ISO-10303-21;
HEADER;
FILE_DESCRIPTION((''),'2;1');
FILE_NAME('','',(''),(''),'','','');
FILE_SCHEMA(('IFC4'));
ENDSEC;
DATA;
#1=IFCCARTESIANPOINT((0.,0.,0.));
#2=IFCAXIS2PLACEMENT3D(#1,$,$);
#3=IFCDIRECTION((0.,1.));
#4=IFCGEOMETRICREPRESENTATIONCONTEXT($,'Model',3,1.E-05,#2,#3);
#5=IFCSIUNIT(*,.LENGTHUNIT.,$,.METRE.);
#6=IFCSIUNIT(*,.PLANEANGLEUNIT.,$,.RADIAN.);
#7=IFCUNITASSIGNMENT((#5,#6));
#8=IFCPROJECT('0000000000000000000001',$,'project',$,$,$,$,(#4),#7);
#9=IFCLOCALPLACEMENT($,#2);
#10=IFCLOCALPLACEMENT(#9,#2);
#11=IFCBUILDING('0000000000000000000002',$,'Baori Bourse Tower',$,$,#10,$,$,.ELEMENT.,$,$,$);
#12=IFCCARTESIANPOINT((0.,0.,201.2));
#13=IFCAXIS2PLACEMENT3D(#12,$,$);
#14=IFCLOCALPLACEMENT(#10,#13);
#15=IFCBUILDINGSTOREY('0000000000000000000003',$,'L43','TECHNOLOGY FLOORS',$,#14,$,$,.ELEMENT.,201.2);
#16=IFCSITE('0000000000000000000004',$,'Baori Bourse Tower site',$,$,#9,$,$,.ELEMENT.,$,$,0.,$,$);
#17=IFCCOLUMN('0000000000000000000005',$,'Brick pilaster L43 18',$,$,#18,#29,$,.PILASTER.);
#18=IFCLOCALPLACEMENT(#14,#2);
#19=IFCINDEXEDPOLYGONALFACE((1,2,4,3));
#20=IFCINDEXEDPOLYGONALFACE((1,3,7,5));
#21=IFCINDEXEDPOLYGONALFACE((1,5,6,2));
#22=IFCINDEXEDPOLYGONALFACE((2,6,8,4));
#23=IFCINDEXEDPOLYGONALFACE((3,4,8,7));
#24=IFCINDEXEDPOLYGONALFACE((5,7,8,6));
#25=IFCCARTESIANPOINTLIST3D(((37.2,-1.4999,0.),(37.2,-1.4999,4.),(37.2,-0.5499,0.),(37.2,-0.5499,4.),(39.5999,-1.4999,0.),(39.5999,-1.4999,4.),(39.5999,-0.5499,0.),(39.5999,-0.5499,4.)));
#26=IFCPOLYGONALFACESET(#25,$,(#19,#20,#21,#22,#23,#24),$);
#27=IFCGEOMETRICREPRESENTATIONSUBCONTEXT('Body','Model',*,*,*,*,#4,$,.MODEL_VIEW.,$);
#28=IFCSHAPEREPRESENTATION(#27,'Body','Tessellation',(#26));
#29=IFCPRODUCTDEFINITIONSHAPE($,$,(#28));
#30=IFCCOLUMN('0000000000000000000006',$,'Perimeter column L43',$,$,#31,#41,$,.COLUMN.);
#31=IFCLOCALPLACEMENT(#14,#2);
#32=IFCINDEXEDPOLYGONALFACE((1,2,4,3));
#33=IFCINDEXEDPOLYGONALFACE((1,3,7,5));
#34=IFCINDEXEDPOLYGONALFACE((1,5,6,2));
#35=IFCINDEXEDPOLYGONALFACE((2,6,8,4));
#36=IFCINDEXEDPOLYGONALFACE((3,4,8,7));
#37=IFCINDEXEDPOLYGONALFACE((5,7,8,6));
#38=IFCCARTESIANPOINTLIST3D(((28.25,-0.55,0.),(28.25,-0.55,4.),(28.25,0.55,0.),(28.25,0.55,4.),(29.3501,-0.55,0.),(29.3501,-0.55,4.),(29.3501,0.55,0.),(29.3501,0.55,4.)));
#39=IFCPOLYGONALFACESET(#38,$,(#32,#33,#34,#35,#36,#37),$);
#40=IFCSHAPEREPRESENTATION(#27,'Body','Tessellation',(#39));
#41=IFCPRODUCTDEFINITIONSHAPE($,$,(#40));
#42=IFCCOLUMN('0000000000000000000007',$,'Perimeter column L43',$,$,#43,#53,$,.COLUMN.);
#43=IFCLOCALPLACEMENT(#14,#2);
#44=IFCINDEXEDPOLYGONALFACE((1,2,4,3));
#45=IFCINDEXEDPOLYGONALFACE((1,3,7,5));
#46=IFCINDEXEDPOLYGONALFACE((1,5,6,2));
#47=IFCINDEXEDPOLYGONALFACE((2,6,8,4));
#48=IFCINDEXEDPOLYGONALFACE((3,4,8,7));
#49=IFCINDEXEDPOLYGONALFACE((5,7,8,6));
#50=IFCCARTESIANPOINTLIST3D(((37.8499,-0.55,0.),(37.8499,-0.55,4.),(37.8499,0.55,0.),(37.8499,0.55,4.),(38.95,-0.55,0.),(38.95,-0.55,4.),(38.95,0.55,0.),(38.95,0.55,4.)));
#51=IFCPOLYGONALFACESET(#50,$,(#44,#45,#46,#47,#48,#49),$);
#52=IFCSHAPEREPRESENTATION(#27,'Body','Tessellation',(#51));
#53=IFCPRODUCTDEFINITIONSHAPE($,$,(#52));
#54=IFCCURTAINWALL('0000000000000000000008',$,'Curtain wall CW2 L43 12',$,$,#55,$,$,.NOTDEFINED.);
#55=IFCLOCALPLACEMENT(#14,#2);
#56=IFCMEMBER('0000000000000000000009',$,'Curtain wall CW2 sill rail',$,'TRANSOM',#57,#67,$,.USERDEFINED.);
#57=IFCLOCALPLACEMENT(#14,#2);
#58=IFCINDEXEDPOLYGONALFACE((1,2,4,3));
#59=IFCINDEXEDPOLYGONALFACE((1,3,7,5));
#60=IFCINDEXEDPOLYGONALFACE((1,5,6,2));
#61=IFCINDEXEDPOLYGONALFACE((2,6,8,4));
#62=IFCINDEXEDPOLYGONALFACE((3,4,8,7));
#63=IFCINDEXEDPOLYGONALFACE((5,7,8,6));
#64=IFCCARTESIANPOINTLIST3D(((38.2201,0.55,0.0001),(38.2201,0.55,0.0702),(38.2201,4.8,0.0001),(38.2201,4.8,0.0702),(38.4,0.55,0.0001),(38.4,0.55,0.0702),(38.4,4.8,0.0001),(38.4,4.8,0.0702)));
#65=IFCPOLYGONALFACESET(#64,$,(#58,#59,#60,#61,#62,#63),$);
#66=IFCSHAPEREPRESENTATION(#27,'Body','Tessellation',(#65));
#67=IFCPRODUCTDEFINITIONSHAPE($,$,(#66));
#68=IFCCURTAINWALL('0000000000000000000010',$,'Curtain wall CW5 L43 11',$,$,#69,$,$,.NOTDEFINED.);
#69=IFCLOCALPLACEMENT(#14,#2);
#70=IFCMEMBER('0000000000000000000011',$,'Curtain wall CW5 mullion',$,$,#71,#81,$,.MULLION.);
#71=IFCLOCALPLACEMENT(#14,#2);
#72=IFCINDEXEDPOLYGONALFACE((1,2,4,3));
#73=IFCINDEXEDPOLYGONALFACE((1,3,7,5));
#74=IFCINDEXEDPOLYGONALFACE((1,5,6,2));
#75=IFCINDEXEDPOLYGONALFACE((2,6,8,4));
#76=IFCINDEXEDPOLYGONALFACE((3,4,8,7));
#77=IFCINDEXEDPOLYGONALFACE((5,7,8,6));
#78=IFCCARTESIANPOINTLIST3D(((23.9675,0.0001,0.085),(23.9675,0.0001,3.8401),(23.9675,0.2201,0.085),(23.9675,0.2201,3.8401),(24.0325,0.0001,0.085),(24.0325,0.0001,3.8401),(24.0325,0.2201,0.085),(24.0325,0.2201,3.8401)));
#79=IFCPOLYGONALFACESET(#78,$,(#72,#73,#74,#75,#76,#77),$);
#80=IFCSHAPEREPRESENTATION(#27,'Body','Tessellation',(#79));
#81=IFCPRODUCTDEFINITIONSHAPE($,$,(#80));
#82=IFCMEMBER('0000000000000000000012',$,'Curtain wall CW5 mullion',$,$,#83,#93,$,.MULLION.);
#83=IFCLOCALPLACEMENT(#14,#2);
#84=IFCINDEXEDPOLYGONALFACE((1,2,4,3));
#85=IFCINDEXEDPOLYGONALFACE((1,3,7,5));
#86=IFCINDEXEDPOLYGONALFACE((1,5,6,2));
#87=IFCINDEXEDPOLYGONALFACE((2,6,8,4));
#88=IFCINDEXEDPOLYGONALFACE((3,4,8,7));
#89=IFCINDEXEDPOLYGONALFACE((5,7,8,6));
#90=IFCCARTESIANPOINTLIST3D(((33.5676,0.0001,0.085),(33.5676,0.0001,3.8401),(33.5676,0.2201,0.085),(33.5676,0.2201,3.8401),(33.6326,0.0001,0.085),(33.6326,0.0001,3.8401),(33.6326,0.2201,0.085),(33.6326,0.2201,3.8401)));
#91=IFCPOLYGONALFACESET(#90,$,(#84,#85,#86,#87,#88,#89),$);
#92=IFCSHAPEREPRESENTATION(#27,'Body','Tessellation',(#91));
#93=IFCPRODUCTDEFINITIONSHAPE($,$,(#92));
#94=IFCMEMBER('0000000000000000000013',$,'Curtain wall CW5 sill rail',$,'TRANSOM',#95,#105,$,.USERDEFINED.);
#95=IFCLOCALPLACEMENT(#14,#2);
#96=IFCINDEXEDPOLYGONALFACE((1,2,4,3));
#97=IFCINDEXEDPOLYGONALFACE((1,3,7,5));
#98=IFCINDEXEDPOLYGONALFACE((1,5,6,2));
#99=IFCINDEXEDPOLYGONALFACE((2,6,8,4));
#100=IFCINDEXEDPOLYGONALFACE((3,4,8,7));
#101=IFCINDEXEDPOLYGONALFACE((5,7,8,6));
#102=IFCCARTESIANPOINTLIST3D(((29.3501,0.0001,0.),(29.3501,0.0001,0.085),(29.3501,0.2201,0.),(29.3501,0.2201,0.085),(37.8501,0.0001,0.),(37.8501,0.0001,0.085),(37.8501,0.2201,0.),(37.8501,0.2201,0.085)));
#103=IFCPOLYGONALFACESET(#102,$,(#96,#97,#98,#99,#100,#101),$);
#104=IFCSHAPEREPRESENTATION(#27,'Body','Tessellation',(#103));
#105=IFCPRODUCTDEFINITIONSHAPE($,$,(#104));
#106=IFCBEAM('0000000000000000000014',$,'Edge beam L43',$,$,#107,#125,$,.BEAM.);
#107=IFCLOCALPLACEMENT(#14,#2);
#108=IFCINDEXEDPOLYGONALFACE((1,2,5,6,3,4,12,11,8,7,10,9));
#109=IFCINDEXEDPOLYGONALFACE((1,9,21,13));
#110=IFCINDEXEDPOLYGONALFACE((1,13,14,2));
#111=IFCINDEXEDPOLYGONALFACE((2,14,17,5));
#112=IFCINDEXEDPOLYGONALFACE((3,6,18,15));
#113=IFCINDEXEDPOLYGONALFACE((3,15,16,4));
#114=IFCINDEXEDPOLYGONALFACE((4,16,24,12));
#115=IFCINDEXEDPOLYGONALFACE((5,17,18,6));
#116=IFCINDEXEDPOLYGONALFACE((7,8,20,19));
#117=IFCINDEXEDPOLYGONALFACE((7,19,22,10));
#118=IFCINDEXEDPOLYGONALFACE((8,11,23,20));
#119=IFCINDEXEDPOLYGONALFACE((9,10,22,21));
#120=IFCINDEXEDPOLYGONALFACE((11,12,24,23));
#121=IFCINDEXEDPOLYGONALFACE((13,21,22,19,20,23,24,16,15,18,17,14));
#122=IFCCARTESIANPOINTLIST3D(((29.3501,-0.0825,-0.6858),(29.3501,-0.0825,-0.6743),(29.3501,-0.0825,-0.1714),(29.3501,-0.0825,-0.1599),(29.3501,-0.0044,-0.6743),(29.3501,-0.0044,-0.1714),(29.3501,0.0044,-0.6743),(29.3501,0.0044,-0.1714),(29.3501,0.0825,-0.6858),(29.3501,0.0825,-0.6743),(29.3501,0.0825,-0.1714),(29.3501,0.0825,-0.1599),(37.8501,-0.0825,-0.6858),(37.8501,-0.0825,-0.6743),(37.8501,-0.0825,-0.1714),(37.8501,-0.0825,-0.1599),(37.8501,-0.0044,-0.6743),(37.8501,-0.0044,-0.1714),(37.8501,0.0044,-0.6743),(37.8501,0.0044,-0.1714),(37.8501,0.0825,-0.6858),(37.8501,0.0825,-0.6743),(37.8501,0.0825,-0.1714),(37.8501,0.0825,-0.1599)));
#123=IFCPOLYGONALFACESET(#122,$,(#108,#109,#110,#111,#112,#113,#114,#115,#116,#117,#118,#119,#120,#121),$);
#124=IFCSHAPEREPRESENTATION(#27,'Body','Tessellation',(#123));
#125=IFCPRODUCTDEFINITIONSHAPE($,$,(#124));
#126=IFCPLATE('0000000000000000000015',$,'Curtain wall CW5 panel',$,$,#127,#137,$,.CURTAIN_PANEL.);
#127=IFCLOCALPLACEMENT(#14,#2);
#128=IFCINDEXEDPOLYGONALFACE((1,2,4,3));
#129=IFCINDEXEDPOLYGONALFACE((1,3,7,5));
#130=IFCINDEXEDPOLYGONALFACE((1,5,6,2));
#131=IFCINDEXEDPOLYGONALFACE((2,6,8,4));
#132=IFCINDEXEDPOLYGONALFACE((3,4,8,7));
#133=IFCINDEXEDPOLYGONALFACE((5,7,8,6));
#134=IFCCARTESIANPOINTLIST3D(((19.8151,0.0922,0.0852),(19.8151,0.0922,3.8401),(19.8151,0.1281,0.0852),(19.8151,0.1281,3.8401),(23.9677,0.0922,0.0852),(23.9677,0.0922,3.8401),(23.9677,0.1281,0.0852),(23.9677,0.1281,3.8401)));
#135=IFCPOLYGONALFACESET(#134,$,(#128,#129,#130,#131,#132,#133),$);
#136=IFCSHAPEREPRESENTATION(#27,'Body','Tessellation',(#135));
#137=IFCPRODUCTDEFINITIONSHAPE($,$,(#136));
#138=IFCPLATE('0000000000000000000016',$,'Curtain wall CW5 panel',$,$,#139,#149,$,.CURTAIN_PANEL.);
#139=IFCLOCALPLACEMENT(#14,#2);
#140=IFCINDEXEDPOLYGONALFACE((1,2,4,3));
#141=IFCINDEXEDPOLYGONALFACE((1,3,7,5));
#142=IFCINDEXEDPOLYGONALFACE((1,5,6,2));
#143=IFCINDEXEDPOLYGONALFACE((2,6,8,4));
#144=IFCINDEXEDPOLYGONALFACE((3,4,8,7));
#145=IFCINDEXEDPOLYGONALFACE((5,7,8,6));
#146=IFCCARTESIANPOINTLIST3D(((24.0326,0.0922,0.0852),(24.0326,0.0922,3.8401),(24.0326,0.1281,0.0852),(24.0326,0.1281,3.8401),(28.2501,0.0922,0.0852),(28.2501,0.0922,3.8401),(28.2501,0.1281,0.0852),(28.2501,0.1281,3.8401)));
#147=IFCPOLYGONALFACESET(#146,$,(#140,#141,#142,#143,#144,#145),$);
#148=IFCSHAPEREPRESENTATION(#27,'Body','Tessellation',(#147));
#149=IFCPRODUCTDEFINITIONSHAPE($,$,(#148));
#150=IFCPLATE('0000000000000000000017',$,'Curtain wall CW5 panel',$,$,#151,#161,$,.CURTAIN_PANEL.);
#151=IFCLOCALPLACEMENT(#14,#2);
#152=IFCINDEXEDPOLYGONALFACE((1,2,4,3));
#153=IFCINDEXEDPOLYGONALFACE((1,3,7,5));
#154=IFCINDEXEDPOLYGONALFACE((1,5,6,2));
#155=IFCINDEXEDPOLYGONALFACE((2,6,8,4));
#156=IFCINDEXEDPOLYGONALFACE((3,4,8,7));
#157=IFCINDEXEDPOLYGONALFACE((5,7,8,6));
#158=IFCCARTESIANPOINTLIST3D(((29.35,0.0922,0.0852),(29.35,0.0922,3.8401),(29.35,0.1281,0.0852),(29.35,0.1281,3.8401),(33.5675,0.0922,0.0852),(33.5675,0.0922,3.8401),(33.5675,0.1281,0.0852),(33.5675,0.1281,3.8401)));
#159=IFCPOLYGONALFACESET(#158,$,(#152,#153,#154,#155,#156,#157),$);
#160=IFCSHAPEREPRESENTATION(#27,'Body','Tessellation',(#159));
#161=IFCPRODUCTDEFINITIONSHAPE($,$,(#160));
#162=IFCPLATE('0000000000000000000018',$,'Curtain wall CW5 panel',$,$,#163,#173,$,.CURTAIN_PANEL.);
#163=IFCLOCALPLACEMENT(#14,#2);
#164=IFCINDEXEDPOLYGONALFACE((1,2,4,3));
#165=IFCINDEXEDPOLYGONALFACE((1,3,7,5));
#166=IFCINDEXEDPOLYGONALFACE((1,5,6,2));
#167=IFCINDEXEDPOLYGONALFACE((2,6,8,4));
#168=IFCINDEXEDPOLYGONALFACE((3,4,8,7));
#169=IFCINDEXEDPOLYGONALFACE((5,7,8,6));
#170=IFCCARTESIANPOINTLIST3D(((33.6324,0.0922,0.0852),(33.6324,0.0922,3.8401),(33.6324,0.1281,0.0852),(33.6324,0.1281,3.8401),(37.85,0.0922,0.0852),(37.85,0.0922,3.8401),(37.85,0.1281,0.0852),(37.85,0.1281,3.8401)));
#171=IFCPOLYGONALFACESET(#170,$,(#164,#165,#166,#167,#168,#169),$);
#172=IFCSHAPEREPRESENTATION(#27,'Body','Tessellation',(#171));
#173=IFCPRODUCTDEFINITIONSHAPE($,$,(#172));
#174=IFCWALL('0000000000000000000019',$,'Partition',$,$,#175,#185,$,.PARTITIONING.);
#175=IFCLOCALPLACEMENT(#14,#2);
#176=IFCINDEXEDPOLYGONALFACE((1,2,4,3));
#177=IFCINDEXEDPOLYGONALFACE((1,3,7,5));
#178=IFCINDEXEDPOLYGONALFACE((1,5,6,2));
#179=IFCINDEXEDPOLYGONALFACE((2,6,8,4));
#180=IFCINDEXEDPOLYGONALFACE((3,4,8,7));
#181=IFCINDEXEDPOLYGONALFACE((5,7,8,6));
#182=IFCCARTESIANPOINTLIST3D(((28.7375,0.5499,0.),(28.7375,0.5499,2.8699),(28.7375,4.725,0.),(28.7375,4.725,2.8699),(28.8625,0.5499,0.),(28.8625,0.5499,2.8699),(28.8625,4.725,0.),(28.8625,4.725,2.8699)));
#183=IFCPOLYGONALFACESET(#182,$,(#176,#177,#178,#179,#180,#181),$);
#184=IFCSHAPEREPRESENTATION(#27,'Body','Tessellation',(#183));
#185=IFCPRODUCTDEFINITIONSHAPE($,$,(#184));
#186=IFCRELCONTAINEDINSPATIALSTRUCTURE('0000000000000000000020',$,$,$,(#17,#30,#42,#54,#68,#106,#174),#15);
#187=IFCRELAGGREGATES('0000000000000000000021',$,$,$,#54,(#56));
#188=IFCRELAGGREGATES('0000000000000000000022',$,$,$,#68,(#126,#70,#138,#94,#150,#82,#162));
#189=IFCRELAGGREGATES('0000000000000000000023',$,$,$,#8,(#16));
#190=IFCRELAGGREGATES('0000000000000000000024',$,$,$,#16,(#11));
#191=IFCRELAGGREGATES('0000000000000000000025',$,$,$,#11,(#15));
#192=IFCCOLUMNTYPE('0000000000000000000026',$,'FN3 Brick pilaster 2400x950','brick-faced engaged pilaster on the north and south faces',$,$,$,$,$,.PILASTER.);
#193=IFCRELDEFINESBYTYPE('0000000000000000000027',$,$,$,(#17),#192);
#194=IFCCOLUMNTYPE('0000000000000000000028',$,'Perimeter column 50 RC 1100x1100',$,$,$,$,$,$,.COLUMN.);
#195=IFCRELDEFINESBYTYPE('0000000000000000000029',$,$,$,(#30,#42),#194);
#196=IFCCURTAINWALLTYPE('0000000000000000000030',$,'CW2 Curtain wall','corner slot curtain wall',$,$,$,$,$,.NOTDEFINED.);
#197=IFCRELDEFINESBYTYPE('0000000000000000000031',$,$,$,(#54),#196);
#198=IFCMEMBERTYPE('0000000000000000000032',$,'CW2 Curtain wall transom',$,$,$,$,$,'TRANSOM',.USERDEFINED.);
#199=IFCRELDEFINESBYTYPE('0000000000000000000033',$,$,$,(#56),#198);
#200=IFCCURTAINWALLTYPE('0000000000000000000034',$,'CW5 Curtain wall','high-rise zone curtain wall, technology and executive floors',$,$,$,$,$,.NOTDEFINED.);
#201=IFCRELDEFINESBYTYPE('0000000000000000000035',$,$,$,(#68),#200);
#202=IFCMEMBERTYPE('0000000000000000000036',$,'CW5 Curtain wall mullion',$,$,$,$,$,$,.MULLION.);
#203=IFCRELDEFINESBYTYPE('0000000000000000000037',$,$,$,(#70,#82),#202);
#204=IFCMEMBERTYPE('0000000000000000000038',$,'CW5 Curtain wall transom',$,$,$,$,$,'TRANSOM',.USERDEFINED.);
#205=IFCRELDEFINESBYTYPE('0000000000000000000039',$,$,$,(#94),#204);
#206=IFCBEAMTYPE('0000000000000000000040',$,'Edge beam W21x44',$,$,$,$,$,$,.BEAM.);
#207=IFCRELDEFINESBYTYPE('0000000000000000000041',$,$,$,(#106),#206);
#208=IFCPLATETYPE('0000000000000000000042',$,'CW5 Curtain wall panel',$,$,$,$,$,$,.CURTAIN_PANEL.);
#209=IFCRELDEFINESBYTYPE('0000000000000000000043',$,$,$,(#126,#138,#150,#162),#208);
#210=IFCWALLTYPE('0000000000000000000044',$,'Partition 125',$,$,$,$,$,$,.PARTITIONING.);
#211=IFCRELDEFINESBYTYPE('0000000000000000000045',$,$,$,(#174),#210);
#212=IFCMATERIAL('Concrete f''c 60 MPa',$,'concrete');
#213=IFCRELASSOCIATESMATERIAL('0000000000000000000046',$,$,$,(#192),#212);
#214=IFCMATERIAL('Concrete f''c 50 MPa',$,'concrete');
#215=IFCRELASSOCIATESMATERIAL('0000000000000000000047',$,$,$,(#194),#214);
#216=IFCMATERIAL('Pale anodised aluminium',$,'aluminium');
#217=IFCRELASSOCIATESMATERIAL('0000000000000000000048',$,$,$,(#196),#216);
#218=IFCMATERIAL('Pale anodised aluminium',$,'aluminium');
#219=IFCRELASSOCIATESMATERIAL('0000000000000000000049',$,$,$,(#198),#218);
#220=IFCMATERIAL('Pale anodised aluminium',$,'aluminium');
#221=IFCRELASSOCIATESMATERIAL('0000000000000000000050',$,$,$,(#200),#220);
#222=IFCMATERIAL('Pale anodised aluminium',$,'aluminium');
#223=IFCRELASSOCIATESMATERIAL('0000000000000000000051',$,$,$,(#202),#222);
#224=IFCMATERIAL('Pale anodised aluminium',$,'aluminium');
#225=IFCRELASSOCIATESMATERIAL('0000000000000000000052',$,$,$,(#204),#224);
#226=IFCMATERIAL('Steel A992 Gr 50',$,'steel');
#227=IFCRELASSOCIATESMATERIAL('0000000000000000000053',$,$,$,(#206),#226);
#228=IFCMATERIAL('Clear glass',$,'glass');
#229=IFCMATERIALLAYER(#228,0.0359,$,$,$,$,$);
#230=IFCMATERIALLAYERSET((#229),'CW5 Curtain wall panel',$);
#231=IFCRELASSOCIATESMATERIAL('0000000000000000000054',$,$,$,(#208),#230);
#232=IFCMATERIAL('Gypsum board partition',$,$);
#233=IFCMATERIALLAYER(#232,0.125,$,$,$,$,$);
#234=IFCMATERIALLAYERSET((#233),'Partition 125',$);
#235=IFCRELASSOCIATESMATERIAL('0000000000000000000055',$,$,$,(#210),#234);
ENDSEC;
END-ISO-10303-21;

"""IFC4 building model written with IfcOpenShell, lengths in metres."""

from ifc_helpers import new_model, si_unit, direction, frame, frame_2d, origin, origin_2d, place, context, subcontext, project, spatial, rectangle, i_section, extrude, material, layer, layer_set, material_profile, profile_set, type_object, element, aggregate, save


model = new_model("IFC4")

# Units and contexts
model_context = context("Model", 3, precision=1e-05, world=origin(), true_north=direction((0.0, 1.0)))
body_context = subcontext(model_context, "Body", "Model", "MODEL_VIEW")
ifc_project = project(units=[si_unit("LENGTHUNIT", "METRE"), si_unit("PLANEANGLEUNIT", "RADIAN")], contexts=[model_context])

# Site, building, storey
site_placement = place(None, origin())
site = spatial("IfcSite", under=ifc_project, at=site_placement, Name="Baori Bourse Tower site", CompositionType="ELEMENT", RefElevation=0.0)
building_placement = place(site_placement, origin())
building = spatial("IfcBuilding", under=site, at=building_placement, Name="Baori Bourse Tower", CompositionType="ELEMENT")
storey_placement = place(building_placement, frame((0.0, 0.0, 201.2)))
storey = spatial("IfcBuildingStorey", under=building, at=storey_placement, Name="L43", Description="TECHNOLOGY FLOORS", CompositionType="ELEMENT", Elevation=201.2)

# Columns
ifc_material_1 = material(Name="Concrete f'c 60 MPa", Category="concrete")
ifc_material_profile_1 = material_profile(ifc_material_1, rectangle(XDim=2.3999, YDim=0.95, at=origin_2d()), Name="RC 2400x950")
ifc_profile_set_1 = profile_set([ifc_material_profile_1], Name="Concrete f'c 60 MPa")
column_type_1 = type_object("IfcColumnType", Name="FN3 Brick pilaster 2400x950", Description="brick-faced engaged pilaster on the north and south faces", PredefinedType="PILASTER", material=ifc_profile_set_1)
column_placement = place(storey_placement, frame((38.3999, -1.0249, 0.0), z_axis=(0.0, 0.0, 1.0), x_axis=(1.0, 0.0, 0.0)))
element("IfcColumn", 1, at=column_placement, inside=storey, type_object=column_type_1, Name="Brick pilaster L43 18", PredefinedType="PILASTER", context=body_context, shape_type="SweptSolid", body=[
    extrude(rectangle(XDim=2.3999, YDim=0.95, at=origin_2d()), origin(), (0.0, 0.0, 1.0), 4.0),
])
ifc_material_2 = material(Name="Concrete f'c 50 MPa", Category="concrete")
ifc_material_profile_2 = material_profile(ifc_material_2, rectangle(XDim=1.1001, YDim=1.1001, at=origin_2d()), Name="RC 1100x1100")
ifc_profile_set_2 = profile_set([ifc_material_profile_2], Name="Concrete f'c 50 MPa")
column_type_2 = type_object("IfcColumnType", Name="Perimeter column 50 RC 1100x1100", PredefinedType="COLUMN", material=ifc_profile_set_2)
for number, where, z_axis, x_axis, name in (
    (2, (28.8, 0.0, 0.0), (0.0, 0.0, 1.0), (1.0, 0.0, 0.0), "Perimeter column L43"),
    (3, (38.3999, 0.0, 0.0), (0.0, 0.0, 1.0), (1.0, 0.0, 0.0), "Perimeter column L43"),
):
    element("IfcColumn", number, at=place(storey_placement, frame(where, z_axis=z_axis, x_axis=x_axis)), inside=storey, type_object=column_type_2, Name=name, PredefinedType="COLUMN", context=body_context, shape_type="SweptSolid", body=[
        extrude(rectangle(XDim=1.1001, YDim=1.1001, at=origin_2d()), origin(), (0.0, 0.0, 1.0), 4.0),
    ])

# Curtain wall, member
ifc_material_3 = material(Name="Pale anodised aluminium", Category="aluminium")
curtain_wall_type_1 = type_object("IfcCurtainWallType", Name="CW2 Curtain wall", Description="corner slot curtain wall", PredefinedType="NOTDEFINED", material=ifc_material_3)
curtain_wall_1_placement = place(storey_placement, origin())
curtain_wall_1 = element("IfcCurtainWall", 4, at=curtain_wall_1_placement, inside=storey, type_object=curtain_wall_type_1, Name="Curtain wall CW2 L43 12", PredefinedType="NOTDEFINED")
ifc_material_4 = material(Name="Pale anodised aluminium", Category="aluminium")
ifc_material_profile_3 = material_profile(ifc_material_4, rectangle(XDim=0.1799, YDim=0.0701, at=origin_2d()), Name="Transom 70x180")
ifc_profile_set_3 = profile_set([ifc_material_profile_3], Name="Pale anodised aluminium")
member_type_1 = type_object("IfcMemberType", Name="CW2 Curtain wall transom", ElementType="TRANSOM", PredefinedType="USERDEFINED", material=ifc_profile_set_3)
member_1_placement = place(storey_placement, frame((38.3101, 0.55, 0.0352), z_axis=(0.0, 1.0, 0.0), x_axis=(-1.0, 0.0, 0.0)))
member_1 = element("IfcMember", 5, at=member_1_placement, type_object=member_type_1, Name="Curtain wall CW2 sill rail", ObjectType="TRANSOM", PredefinedType="USERDEFINED", context=body_context, shape_type="SweptSolid", body=[
    extrude(rectangle(XDim=0.1799, YDim=0.0701, at=origin_2d()), origin(), (0.0, 0.0, 1.0), 4.25),
])
aggregate(curtain_wall_1, [member_1])

# Curtain wall, members
ifc_material_5 = material(Name="Pale anodised aluminium", Category="aluminium")
curtain_wall_type_2 = type_object("IfcCurtainWallType", Name="CW5 Curtain wall", Description="high-rise zone curtain wall, technology and executive floors", PredefinedType="NOTDEFINED", material=ifc_material_5)
curtain_wall_2_placement = place(storey_placement, origin())
curtain_wall_2 = element("IfcCurtainWall", 6, at=curtain_wall_2_placement, inside=storey, type_object=curtain_wall_type_2, Name="Curtain wall CW5 L43 11", PredefinedType="NOTDEFINED")
ifc_material_6 = material(Name="Pale anodised aluminium", Category="aluminium")
ifc_material_profile_4 = material_profile(ifc_material_6, rectangle(XDim=0.22, YDim=0.0649, at=origin_2d()), Name="Mullion 65x220")
ifc_profile_set_4 = profile_set([ifc_material_profile_4], Name="Pale anodised aluminium")
member_type_2 = type_object("IfcMemberType", Name="CW5 Curtain wall mullion", PredefinedType="MULLION", material=ifc_profile_set_4)
member_2_placement = place(storey_placement, frame((24.0, 0.1101, 0.085), z_axis=(0.0, 0.0, 1.0), x_axis=(0.0, 1.0, 0.0)))
member_2 = element("IfcMember", 7, at=member_2_placement, type_object=member_type_2, Name="Curtain wall CW5 mullion", PredefinedType="MULLION", context=body_context, shape_type="SweptSolid", body=[
    extrude(rectangle(XDim=0.22, YDim=0.0649, at=origin_2d()), origin(), (0.0, 0.0, 1.0), 3.7551),
])
member_3_placement = place(storey_placement, frame((33.6001, 0.1101, 0.085), z_axis=(0.0, 0.0, 1.0), x_axis=(0.0, 1.0, 0.0)))
member_3 = element("IfcMember", 8, at=member_3_placement, type_object=member_type_2, Name="Curtain wall CW5 mullion", PredefinedType="MULLION", context=body_context, shape_type="SweptSolid", body=[
    extrude(rectangle(XDim=0.22, YDim=0.0649, at=origin_2d()), origin(), (0.0, 0.0, 1.0), 3.7551),
])
ifc_material_7 = material(Name="Pale anodised aluminium", Category="aluminium")
ifc_material_profile_5 = material_profile(ifc_material_7, rectangle(XDim=0.22, YDim=0.085, at=origin_2d()), Name="Transom 85x220")
ifc_profile_set_5 = profile_set([ifc_material_profile_5], Name="Pale anodised aluminium")
member_type_3 = type_object("IfcMemberType", Name="CW5 Curtain wall transom", ElementType="TRANSOM", PredefinedType="USERDEFINED", material=ifc_profile_set_5)
member_4_placement = place(storey_placement, frame((29.3501, 0.1101, 0.0425), z_axis=(1.0, 0.0, 0.0), x_axis=(0.0, 1.0, 0.0)))
member_4 = element("IfcMember", 9, at=member_4_placement, type_object=member_type_3, Name="Curtain wall CW5 sill rail", ObjectType="TRANSOM", PredefinedType="USERDEFINED", context=body_context, shape_type="SweptSolid", body=[
    extrude(rectangle(XDim=0.22, YDim=0.085, at=origin_2d()), origin(), (0.0, 0.0, 1.0), 8.5),
])

# Beam
ifc_material_8 = material(Name="Steel A992 Gr 50", Category="steel")
ifc_material_profile_6 = material_profile(ifc_material_8, i_section(OverallWidth=0.165, OverallDepth=0.5259, WebThickness=0.0088, FlangeThickness=0.0115, at=origin_2d()), Name="W21x44")
ifc_profile_set_6 = profile_set([ifc_material_profile_6], Name="Steel A992 Gr 50")
beam_type = type_object("IfcBeamType", Name="Edge beam W21x44", PredefinedType="BEAM", material=ifc_profile_set_6)
beam_placement = place(storey_placement, frame((29.3501, 0.0, -0.4229), z_axis=(1.0, 0.0, 0.0), x_axis=(0.0, 1.0, 0.0)))
element("IfcBeam", 10, at=beam_placement, inside=storey, type_object=beam_type, Name="Edge beam L43", PredefinedType="BEAM", context=body_context, shape_type="SweptSolid", body=[
    extrude(i_section(OverallWidth=0.165, OverallDepth=0.5259, WebThickness=0.0088, FlangeThickness=0.0115, at=origin_2d()), origin(), (0.0, 0.0, 1.0), 8.5),
])

# Plates
ifc_material_9 = material(Name="Clear glass", Category="glass")
ifc_layer_1 = layer(ifc_material_9, 0.0359)
ifc_layer_set_1 = layer_set([ifc_layer_1], Name="CW5 Curtain wall panel")
plate_type = type_object("IfcPlateType", Name="CW5 Curtain wall panel", PredefinedType="CURTAIN_PANEL", material=ifc_layer_set_1)
plate_1_placement = place(storey_placement, frame((21.8914, 0.1101, 0.0852), z_axis=(0.0, 0.0, 1.0), x_axis=(1.0, 0.0, 0.0)))
plate_1 = element("IfcPlate", 11, at=plate_1_placement, type_object=plate_type, Name="Curtain wall CW5 panel", PredefinedType="CURTAIN_PANEL", context=body_context, shape_type="SweptSolid", body=[
    extrude(rectangle(XDim=4.1526, YDim=0.0359, at=origin_2d()), origin(), (0.0, 0.0, 1.0), 3.7549),
])
plate_2_placement = place(storey_placement, frame((26.1414, 0.1101, 0.0852), z_axis=(0.0, 0.0, 1.0), x_axis=(1.0, 0.0, 0.0)))
plate_2 = element("IfcPlate", 12, at=plate_2_placement, type_object=plate_type, Name="Curtain wall CW5 panel", PredefinedType="CURTAIN_PANEL", context=body_context, shape_type="SweptSolid", body=[
    extrude(rectangle(XDim=4.2175, YDim=0.0359, at=origin_2d()), origin(), (0.0, 0.0, 1.0), 3.7549),
])
plate_3_placement = place(storey_placement, frame((31.4587, 0.1101, 0.0852), z_axis=(0.0, 0.0, 1.0), x_axis=(1.0, 0.0, 0.0)))
plate_3 = element("IfcPlate", 13, at=plate_3_placement, type_object=plate_type, Name="Curtain wall CW5 panel", PredefinedType="CURTAIN_PANEL", context=body_context, shape_type="SweptSolid", body=[
    extrude(rectangle(XDim=4.2175, YDim=0.0359, at=origin_2d()), origin(), (0.0, 0.0, 1.0), 3.7549),
])
plate_4_placement = place(storey_placement, frame((35.7412, 0.1101, 0.0852), z_axis=(0.0, 0.0, 1.0), x_axis=(1.0, 0.0, 0.0)))
plate_4 = element("IfcPlate", 14, at=plate_4_placement, type_object=plate_type, Name="Curtain wall CW5 panel", PredefinedType="CURTAIN_PANEL", context=body_context, shape_type="SweptSolid", body=[
    extrude(rectangle(XDim=4.2175, YDim=0.0359, at=origin_2d()), origin(), (0.0, 0.0, 1.0), 3.7549),
])
aggregate(curtain_wall_2, [plate_1, member_2, plate_2, member_4, plate_3, member_3, plate_4])

# Wall
ifc_material_10 = material(Name="Gypsum board partition")
ifc_layer_2 = layer(ifc_material_10, 0.125)
ifc_layer_set_2 = layer_set([ifc_layer_2], Name="Partition 125")
wall_type = type_object("IfcWallType", Name="Partition 125", PredefinedType="PARTITIONING", material=ifc_layer_set_2)
wall_placement = place(storey_placement, frame((28.8, 0.55, 0.0), z_axis=(0.0, 0.0, 1.0), x_axis=(0.0, 1.0, 0.0)))
element("IfcWall", 15, at=wall_placement, inside=storey, type_object=wall_type, Name="Partition", PredefinedType="PARTITIONING", context=body_context, shape_type="SweptSolid", body=[
    extrude(rectangle(XDim=4.175, YDim=0.125, at=frame_2d((2.0874, 0.0))), origin(), (0.0, 0.0, 1.0), 2.8699),
])

save(model, "model.ifc")
